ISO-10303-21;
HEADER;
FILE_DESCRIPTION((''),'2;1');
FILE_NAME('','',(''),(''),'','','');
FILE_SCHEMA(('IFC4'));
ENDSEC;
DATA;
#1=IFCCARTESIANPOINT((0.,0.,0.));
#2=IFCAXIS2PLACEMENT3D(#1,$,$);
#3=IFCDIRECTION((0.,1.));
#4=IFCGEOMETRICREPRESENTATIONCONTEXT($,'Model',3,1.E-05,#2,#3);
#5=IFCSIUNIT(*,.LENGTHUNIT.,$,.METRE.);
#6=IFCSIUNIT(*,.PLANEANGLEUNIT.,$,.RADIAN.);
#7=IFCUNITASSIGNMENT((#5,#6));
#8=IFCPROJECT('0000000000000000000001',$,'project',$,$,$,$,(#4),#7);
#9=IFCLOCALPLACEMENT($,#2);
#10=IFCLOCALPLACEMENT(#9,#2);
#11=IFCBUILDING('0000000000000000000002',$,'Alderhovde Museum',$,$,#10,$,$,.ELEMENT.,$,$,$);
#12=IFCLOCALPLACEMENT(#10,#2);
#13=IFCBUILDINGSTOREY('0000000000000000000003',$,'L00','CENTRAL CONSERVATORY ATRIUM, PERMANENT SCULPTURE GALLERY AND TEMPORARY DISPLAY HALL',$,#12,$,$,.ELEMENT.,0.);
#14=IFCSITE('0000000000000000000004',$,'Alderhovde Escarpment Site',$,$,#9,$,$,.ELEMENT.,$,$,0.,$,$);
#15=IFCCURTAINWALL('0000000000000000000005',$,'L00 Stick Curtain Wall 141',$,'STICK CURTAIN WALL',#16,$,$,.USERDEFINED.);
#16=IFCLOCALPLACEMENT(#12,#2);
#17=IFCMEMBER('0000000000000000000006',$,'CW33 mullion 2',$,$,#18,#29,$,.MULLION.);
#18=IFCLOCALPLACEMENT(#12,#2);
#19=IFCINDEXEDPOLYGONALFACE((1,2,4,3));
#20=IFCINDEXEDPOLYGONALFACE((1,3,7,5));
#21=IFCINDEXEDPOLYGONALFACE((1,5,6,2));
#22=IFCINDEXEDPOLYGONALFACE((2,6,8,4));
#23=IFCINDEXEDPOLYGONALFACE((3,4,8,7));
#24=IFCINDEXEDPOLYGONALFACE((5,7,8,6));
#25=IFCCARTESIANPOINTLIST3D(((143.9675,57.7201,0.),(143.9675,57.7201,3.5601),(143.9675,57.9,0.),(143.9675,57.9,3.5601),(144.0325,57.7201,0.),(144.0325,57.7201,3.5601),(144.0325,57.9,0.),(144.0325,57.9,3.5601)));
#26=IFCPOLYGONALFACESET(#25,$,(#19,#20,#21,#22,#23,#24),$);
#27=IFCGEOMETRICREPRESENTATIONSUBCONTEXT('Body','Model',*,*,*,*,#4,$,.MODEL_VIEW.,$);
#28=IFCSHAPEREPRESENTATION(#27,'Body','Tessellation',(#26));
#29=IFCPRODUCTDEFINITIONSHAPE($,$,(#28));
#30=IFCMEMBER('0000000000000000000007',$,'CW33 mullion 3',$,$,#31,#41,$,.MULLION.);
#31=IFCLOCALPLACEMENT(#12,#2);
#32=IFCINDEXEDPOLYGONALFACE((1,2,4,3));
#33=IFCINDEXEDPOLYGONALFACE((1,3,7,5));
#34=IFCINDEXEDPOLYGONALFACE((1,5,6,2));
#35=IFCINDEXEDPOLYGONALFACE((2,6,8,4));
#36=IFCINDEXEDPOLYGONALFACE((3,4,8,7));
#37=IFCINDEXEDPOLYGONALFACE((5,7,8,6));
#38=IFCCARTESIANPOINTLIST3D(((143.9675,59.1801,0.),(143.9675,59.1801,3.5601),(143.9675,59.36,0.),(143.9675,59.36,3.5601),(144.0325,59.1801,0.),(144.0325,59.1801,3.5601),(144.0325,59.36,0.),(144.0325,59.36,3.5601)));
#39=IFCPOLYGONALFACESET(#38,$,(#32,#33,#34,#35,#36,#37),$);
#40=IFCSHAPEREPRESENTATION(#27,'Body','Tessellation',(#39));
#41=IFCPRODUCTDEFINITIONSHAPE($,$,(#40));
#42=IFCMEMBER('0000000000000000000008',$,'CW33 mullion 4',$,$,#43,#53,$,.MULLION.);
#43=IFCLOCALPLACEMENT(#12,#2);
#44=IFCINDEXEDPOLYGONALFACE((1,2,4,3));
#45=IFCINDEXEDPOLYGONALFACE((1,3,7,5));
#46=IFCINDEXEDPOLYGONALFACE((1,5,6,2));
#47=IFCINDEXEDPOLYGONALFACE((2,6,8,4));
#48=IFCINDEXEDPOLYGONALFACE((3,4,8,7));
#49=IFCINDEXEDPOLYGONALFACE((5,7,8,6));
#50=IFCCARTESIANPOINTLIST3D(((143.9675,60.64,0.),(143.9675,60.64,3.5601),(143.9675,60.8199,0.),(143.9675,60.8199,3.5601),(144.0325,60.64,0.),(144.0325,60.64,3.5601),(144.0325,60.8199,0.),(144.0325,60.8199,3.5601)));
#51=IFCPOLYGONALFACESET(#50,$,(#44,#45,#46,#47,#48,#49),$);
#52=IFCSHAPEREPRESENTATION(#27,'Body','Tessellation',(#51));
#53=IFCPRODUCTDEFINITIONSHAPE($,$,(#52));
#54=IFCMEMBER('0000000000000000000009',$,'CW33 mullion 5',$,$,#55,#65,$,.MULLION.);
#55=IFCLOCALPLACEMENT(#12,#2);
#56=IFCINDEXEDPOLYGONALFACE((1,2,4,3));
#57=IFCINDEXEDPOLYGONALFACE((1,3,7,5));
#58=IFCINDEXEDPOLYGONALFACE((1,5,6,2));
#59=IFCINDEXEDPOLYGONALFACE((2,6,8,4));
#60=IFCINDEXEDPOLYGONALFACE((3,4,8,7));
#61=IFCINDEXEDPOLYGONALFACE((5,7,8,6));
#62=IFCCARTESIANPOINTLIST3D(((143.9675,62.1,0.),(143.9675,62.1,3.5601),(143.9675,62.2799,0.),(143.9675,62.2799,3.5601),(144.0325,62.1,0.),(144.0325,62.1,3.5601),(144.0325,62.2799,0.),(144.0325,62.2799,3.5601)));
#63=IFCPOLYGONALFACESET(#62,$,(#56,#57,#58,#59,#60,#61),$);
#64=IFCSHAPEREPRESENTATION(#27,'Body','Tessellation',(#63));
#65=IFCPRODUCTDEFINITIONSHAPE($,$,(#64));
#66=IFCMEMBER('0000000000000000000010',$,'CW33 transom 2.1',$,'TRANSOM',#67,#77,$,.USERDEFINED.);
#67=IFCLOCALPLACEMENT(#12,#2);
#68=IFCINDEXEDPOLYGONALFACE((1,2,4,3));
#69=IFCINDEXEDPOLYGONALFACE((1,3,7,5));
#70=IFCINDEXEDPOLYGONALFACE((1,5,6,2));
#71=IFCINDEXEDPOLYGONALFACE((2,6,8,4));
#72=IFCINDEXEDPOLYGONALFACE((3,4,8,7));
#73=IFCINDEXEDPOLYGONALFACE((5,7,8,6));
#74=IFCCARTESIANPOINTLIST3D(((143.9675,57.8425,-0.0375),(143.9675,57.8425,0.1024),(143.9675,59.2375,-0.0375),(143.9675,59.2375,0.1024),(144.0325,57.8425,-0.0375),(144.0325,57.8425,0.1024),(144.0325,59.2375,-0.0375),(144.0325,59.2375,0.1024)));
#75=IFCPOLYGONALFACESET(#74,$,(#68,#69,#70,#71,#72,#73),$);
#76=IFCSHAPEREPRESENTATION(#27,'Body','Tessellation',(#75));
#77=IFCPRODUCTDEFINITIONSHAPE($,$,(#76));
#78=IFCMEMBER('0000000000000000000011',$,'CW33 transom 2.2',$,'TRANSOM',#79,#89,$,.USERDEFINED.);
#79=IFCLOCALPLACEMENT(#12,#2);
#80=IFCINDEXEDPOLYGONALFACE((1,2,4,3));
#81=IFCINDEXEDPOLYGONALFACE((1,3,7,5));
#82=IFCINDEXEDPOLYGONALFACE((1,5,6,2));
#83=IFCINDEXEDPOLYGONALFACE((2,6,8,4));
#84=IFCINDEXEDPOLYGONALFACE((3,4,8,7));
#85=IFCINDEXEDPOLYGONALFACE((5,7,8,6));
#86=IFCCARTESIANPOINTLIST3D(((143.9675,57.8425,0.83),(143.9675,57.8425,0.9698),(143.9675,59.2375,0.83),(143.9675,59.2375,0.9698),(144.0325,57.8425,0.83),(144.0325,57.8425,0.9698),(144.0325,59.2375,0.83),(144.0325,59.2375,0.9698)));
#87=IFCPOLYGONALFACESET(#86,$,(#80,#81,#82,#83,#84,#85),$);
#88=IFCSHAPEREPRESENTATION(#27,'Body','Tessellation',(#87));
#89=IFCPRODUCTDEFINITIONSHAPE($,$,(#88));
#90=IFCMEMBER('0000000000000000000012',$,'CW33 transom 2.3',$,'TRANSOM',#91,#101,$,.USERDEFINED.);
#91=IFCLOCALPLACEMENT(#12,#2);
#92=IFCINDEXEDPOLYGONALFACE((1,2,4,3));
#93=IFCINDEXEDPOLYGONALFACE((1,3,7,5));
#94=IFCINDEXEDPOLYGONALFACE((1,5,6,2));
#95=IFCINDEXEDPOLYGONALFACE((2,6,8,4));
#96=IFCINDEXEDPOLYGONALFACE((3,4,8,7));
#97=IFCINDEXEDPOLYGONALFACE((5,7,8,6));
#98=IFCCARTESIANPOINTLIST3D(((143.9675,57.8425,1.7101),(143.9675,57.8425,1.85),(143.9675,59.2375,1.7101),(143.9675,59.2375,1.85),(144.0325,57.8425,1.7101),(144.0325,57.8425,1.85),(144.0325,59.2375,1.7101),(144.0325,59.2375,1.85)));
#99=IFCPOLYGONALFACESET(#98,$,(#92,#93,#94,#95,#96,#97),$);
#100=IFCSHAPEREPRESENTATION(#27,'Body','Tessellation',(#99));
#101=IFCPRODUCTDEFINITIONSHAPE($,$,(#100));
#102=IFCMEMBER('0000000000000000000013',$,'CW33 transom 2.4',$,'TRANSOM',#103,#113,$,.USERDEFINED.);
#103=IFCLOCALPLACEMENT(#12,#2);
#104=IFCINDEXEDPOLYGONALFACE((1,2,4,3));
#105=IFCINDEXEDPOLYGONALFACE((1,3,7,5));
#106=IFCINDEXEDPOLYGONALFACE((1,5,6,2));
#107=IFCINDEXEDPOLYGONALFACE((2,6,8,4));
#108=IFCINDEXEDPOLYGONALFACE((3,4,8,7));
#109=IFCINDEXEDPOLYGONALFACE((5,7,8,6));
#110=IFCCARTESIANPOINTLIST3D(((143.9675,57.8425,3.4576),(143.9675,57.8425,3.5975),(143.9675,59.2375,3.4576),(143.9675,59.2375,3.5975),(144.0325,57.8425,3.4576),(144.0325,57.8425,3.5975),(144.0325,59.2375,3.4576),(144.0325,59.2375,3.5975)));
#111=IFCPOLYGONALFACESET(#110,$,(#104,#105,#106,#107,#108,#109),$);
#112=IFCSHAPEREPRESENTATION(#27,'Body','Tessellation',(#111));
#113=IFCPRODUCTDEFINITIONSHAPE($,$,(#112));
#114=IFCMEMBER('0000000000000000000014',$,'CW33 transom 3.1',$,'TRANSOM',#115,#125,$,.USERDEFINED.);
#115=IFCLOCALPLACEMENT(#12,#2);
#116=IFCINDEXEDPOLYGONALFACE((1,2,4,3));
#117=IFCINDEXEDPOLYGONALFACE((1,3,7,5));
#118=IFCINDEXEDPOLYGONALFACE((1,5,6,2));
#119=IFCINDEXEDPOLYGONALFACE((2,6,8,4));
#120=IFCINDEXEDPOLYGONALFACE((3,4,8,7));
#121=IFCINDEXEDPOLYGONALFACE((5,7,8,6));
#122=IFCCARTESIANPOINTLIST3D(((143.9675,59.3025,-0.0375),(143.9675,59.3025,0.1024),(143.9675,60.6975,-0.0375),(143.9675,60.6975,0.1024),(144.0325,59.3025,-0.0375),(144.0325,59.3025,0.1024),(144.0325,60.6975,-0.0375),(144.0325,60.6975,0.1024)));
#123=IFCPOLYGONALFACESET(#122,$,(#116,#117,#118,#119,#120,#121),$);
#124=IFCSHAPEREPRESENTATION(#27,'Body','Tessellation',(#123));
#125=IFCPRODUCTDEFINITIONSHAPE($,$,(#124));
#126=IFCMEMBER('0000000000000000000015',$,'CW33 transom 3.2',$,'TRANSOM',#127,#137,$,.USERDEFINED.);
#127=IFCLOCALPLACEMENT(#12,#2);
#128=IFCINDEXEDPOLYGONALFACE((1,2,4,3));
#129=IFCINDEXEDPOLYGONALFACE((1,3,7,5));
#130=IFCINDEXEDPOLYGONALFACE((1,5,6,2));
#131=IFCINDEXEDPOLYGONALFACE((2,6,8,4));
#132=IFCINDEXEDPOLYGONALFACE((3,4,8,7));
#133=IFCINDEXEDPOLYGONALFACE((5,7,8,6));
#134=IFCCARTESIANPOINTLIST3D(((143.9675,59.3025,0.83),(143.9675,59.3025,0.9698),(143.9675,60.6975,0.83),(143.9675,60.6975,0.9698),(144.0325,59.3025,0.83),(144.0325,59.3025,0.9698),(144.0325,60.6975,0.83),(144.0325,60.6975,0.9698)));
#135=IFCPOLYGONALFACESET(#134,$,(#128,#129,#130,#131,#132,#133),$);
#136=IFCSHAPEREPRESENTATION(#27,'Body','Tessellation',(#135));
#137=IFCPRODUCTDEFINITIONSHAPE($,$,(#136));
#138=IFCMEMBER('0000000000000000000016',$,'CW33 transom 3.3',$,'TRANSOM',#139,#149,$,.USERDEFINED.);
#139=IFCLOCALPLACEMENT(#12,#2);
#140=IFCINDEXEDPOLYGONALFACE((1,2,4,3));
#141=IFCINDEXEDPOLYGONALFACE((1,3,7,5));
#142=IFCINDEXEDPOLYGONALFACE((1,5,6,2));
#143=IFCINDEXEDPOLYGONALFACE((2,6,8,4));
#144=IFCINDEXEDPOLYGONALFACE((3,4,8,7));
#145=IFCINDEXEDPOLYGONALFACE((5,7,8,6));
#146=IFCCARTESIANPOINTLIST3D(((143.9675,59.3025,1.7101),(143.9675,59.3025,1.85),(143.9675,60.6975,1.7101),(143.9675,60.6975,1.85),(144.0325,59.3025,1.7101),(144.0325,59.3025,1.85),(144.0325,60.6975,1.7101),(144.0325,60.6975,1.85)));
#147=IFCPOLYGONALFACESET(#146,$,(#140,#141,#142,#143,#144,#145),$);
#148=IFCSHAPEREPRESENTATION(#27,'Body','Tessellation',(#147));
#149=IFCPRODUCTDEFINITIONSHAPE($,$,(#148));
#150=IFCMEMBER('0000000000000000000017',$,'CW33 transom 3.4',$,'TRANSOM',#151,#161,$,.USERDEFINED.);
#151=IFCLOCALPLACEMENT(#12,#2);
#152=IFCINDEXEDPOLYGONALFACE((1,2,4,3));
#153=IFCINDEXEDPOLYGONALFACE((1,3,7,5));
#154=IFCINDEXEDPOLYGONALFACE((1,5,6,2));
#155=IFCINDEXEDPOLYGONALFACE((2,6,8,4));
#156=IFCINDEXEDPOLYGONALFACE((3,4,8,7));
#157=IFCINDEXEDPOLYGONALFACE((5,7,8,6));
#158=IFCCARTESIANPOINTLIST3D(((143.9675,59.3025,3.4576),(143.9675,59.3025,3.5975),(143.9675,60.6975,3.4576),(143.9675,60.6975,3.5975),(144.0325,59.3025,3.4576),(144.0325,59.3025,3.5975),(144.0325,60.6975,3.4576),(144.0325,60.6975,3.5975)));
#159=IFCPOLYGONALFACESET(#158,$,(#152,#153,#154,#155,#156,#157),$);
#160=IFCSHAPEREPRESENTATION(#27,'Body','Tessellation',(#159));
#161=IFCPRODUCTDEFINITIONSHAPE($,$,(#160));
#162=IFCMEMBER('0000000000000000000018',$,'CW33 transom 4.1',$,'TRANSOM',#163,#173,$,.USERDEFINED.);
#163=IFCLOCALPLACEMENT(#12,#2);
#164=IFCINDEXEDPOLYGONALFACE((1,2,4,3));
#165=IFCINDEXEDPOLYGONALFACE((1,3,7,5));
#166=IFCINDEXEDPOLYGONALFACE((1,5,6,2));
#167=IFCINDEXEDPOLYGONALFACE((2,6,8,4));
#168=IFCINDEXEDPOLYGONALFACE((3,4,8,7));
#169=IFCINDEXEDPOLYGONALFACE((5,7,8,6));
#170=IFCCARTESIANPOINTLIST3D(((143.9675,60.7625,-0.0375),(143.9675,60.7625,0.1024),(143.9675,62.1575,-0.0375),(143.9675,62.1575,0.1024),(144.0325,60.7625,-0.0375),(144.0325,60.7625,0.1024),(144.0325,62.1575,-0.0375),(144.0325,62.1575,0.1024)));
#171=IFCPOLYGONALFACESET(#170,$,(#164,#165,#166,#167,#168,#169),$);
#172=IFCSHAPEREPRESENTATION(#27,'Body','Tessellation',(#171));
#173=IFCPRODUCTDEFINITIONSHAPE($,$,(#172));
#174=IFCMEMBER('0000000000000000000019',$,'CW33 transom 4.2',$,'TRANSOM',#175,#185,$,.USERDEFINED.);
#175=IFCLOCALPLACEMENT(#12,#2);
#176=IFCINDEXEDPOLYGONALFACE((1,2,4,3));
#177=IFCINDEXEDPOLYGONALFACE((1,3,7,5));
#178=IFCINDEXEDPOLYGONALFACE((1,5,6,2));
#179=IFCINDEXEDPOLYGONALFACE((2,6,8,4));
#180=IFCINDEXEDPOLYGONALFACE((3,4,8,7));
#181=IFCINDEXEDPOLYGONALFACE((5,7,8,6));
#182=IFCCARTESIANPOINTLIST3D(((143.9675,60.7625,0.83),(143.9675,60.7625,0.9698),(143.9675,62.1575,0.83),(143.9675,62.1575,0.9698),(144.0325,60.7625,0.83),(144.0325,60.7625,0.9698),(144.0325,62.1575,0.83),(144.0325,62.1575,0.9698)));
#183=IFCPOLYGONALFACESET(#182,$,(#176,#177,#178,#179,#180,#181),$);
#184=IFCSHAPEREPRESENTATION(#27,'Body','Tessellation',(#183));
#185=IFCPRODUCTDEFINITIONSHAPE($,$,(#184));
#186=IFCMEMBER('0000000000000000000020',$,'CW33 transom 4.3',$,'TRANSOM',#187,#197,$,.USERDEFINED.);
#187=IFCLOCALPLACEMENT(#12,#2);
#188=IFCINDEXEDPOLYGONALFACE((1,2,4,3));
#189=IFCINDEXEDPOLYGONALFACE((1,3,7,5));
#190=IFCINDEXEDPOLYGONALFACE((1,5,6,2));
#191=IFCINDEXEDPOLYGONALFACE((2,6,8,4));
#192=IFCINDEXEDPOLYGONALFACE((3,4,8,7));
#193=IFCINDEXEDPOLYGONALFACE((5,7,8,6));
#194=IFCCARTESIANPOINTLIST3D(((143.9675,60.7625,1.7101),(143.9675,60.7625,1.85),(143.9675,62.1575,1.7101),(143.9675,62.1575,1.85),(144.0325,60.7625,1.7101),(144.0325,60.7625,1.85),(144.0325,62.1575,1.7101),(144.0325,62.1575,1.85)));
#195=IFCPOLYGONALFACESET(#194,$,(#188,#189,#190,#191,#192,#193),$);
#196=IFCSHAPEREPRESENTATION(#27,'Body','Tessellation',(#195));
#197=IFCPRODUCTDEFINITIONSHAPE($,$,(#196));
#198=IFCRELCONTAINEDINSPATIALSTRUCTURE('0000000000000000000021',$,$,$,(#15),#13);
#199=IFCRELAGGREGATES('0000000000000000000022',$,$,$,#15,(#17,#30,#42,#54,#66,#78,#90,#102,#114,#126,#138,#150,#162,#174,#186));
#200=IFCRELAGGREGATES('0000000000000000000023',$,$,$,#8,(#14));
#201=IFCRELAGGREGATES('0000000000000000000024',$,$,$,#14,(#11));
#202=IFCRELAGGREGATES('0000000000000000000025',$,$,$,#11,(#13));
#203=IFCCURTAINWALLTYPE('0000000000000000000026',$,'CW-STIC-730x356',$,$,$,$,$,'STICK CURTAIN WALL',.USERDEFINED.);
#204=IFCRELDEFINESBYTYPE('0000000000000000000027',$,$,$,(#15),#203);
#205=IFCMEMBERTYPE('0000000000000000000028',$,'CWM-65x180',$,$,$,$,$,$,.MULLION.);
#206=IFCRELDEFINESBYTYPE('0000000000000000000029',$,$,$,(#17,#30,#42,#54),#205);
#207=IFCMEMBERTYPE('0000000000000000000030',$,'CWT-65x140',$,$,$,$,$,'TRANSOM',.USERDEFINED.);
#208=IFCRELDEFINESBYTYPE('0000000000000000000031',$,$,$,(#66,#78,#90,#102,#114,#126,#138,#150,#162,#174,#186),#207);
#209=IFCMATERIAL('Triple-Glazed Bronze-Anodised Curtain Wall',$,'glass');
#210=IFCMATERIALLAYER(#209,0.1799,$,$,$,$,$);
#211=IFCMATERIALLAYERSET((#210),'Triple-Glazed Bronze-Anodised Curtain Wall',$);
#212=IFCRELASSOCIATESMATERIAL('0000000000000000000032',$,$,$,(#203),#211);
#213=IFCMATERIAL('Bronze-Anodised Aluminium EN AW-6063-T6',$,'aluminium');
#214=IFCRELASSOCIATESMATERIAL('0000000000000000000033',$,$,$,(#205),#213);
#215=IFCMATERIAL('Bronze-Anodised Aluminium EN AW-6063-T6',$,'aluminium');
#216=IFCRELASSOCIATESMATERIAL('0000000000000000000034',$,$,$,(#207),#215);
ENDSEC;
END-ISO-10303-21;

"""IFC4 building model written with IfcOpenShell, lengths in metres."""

from ifc_helpers import new_model, si_unit, direction, frame, origin, origin_2d, place, context, subcontext, project, spatial, rectangle, extrude, material, layer, layer_set, material_profile, profile_set, type_object, element, aggregate, save


model = new_model("IFC4")

# Units and contexts
model_context = context("Model", 3, precision=1e-05, world=origin(), true_north=direction((0.0, 1.0)))
body_context = subcontext(model_context, "Body", "Model", "MODEL_VIEW")
ifc_project = project(units=[si_unit("LENGTHUNIT", "METRE"), si_unit("PLANEANGLEUNIT", "RADIAN")], contexts=[model_context])

# Site, building, storey
site_placement = place(None, origin())
site = spatial("IfcSite", under=ifc_project, at=site_placement, Name="Alderhovde Escarpment Site", CompositionType="ELEMENT", RefElevation=0.0)
building_placement = place(site_placement, origin())
building = spatial("IfcBuilding", under=site, at=building_placement, Name="Alderhovde Museum", CompositionType="ELEMENT")
storey_placement = place(building_placement, origin())
storey = spatial("IfcBuildingStorey", under=building, at=storey_placement, Name="L00", Description="CENTRAL CONSERVATORY ATRIUM, PERMANENT SCULPTURE GALLERY AND TEMPORARY DISPLAY HALL", CompositionType="ELEMENT", Elevation=0.0)

# Curtain wall, members
ifc_material_1 = material(Name="Triple-Glazed Bronze-Anodised Curtain Wall", Category="glass")
ifc_layer_1 = layer(ifc_material_1, 0.1799)
ifc_layer_set_1 = layer_set([ifc_layer_1], Name="Triple-Glazed Bronze-Anodised Curtain Wall")
curtain_wall_type = type_object("IfcCurtainWallType", Name="CW-STIC-730x356", ElementType="STICK CURTAIN WALL", PredefinedType="USERDEFINED", material=ifc_layer_set_1)
curtain_wall_placement = place(storey_placement, origin())
curtain_wall = element("IfcCurtainWall", 1, at=curtain_wall_placement, inside=storey, type_object=curtain_wall_type, Name="L00 Stick Curtain Wall 141", ObjectType="STICK CURTAIN WALL", PredefinedType="USERDEFINED")
ifc_material_2 = material(Name="Bronze-Anodised Aluminium EN AW-6063-T6", Category="aluminium")
ifc_material_profile_1 = material_profile(ifc_material_2, rectangle(XDim=0.0649, YDim=0.1799, at=origin_2d()), Name="MULLION 65x180")
ifc_profile_set_1 = profile_set([ifc_material_profile_1], Name="Bronze-Anodised Aluminium EN AW-6063-T6")
member_type_1 = type_object("IfcMemberType", Name="CWM-65x180", PredefinedType="MULLION", material=ifc_profile_set_1)
member_1_placement = place(storey_placement, frame((144.0, 57.8101, 0.0), z_axis=(0.0, 0.0, 1.0), x_axis=(-1.0, 0.0, 0.0)))
member_1 = element("IfcMember", 2, at=member_1_placement, type_object=member_type_1, Name="CW33 mullion 2", PredefinedType="MULLION", context=body_context, shape_type="SweptSolid", body=[
    extrude(rectangle(XDim=0.0649, YDim=0.1799, at=origin_2d()), origin(), (0.0, 0.0, 1.0), 3.5601),
])
member_2_placement = place(storey_placement, frame((144.0, 59.27, 0.0), z_axis=(0.0, 0.0, 1.0), x_axis=(-1.0, 0.0, 0.0)))
member_2 = element("IfcMember", 3, at=member_2_placement, type_object=member_type_1, Name="CW33 mullion 3", PredefinedType="MULLION", context=body_context, shape_type="SweptSolid", body=[
    extrude(rectangle(XDim=0.0649, YDim=0.1799, at=origin_2d()), origin(), (0.0, 0.0, 1.0), 3.5601),
])
member_3_placement = place(storey_placement, frame((144.0, 60.73, 0.0), z_axis=(0.0, 0.0, 1.0), x_axis=(-1.0, 0.0, 0.0)))
member_3 = element("IfcMember", 4, at=member_3_placement, type_object=member_type_1, Name="CW33 mullion 4", PredefinedType="MULLION", context=body_context, shape_type="SweptSolid", body=[
    extrude(rectangle(XDim=0.0649, YDim=0.1799, at=origin_2d()), origin(), (0.0, 0.0, 1.0), 3.5601),
])
member_4_placement = place(storey_placement, frame((144.0, 62.1899, 0.0), z_axis=(0.0, 0.0, 1.0), x_axis=(-1.0, 0.0, 0.0)))
member_4 = element("IfcMember", 5, at=member_4_placement, type_object=member_type_1, Name="CW33 mullion 5", PredefinedType="MULLION", context=body_context, shape_type="SweptSolid", body=[
    extrude(rectangle(XDim=0.0649, YDim=0.1799, at=origin_2d()), origin(), (0.0, 0.0, 1.0), 3.5601),
])
ifc_material_3 = material(Name="Bronze-Anodised Aluminium EN AW-6063-T6", Category="aluminium")
ifc_material_profile_2 = material_profile(ifc_material_3, rectangle(XDim=0.0649, YDim=0.1399, at=origin_2d()), Name="TRANSOM 65x140")
ifc_profile_set_2 = profile_set([ifc_material_profile_2], Name="Bronze-Anodised Aluminium EN AW-6063-T6")
member_type_2 = type_object("IfcMemberType", Name="CWT-65x140", ElementType="TRANSOM", PredefinedType="USERDEFINED", material=ifc_profile_set_2)
member_5_placement = place(storey_placement, frame((144.0, 57.8425, 0.0325), z_axis=(0.0, 1.0, 0.0), x_axis=(-1.0, 0.0, 0.0)))
member_5 = element("IfcMember", 6, at=member_5_placement, type_object=member_type_2, Name="CW33 transom 2.1", ObjectType="TRANSOM", PredefinedType="USERDEFINED", context=body_context, shape_type="SweptSolid", body=[
    extrude(rectangle(XDim=0.0649, YDim=0.1399, at=origin_2d()), origin(), (0.0, 0.0, 1.0), 1.395),
])
member_6_placement = place(storey_placement, frame((144.0, 57.8425, 0.8999), z_axis=(0.0, 1.0, 0.0), x_axis=(-1.0, 0.0, 0.0)))
member_6 = element("IfcMember", 7, at=member_6_placement, type_object=member_type_2, Name="CW33 transom 2.2", ObjectType="TRANSOM", PredefinedType="USERDEFINED", context=body_context, shape_type="SweptSolid", body=[
    extrude(rectangle(XDim=0.0649, YDim=0.1399, at=origin_2d()), origin(), (0.0, 0.0, 1.0), 1.395),
])
member_7_placement = place(storey_placement, frame((144.0, 57.8425, 1.78), z_axis=(0.0, 1.0, 0.0), x_axis=(-1.0, 0.0, 0.0)))
member_7 = element("IfcMember", 8, at=member_7_placement, type_object=member_type_2, Name="CW33 transom 2.3", ObjectType="TRANSOM", PredefinedType="USERDEFINED", context=body_context, shape_type="SweptSolid", body=[
    extrude(rectangle(XDim=0.0649, YDim=0.1399, at=origin_2d()), origin(), (0.0, 0.0, 1.0), 1.395),
])
member_8_placement = place(storey_placement, frame((144.0, 57.8425, 3.5276), z_axis=(0.0, 1.0, 0.0), x_axis=(-1.0, 0.0, 0.0)))
member_8 = element("IfcMember", 9, at=member_8_placement, type_object=member_type_2, Name="CW33 transom 2.4", ObjectType="TRANSOM", PredefinedType="USERDEFINED", context=body_context, shape_type="SweptSolid", body=[
    extrude(rectangle(XDim=0.0649, YDim=0.1399, at=origin_2d()), origin(), (0.0, 0.0, 1.0), 1.395),
])
member_9_placement = place(storey_placement, frame((144.0, 59.3025, 0.0325), z_axis=(0.0, 1.0, 0.0), x_axis=(-1.0, 0.0, 0.0)))
member_9 = element("IfcMember", 10, at=member_9_placement, type_object=member_type_2, Name="CW33 transom 3.1", ObjectType="TRANSOM", PredefinedType="USERDEFINED", context=body_context, shape_type="SweptSolid", body=[
    extrude(rectangle(XDim=0.0649, YDim=0.1399, at=origin_2d()), origin(), (0.0, 0.0, 1.0), 1.395),
])
member_10_placement = place(storey_placement, frame((144.0, 59.3025, 0.8999), z_axis=(0.0, 1.0, 0.0), x_axis=(-1.0, 0.0, 0.0)))
member_10 = element("IfcMember", 11, at=member_10_placement, type_object=member_type_2, Name="CW33 transom 3.2", ObjectType="TRANSOM", PredefinedType="USERDEFINED", context=body_context, shape_type="SweptSolid", body=[
    extrude(rectangle(XDim=0.0649, YDim=0.1399, at=origin_2d()), origin(), (0.0, 0.0, 1.0), 1.395),
])
member_11_placement = place(storey_placement, frame((144.0, 59.3025, 1.78), z_axis=(0.0, 1.0, 0.0), x_axis=(-1.0, 0.0, 0.0)))
member_11 = element("IfcMember", 12, at=member_11_placement, type_object=member_type_2, Name="CW33 transom 3.3", ObjectType="TRANSOM", PredefinedType="USERDEFINED", context=body_context, shape_type="SweptSolid", body=[
    extrude(rectangle(XDim=0.0649, YDim=0.1399, at=origin_2d()), origin(), (0.0, 0.0, 1.0), 1.395),
])
member_12_placement = place(storey_placement, frame((144.0, 59.3025, 3.5276), z_axis=(0.0, 1.0, 0.0), x_axis=(-1.0, 0.0, 0.0)))
member_12 = element("IfcMember", 13, at=member_12_placement, type_object=member_type_2, Name="CW33 transom 3.4", ObjectType="TRANSOM", PredefinedType="USERDEFINED", context=body_context, shape_type="SweptSolid", body=[
    extrude(rectangle(XDim=0.0649, YDim=0.1399, at=origin_2d()), origin(), (0.0, 0.0, 1.0), 1.395),
])
member_13_placement = place(storey_placement, frame((144.0, 60.7625, 0.0325), z_axis=(0.0, 1.0, 0.0), x_axis=(-1.0, 0.0, 0.0)))
member_13 = element("IfcMember", 14, at=member_13_placement, type_object=member_type_2, Name="CW33 transom 4.1", ObjectType="TRANSOM", PredefinedType="USERDEFINED", context=body_context, shape_type="SweptSolid", body=[
    extrude(rectangle(XDim=0.0649, YDim=0.1399, at=origin_2d()), origin(), (0.0, 0.0, 1.0), 1.395),
])
member_14_placement = place(storey_placement, frame((144.0, 60.7625, 0.8999), z_axis=(0.0, 1.0, 0.0), x_axis=(-1.0, 0.0, 0.0)))
member_14 = element("IfcMember", 15, at=member_14_placement, type_object=member_type_2, Name="CW33 transom 4.2", ObjectType="TRANSOM", PredefinedType="USERDEFINED", context=body_context, shape_type="SweptSolid", body=[
    extrude(rectangle(XDim=0.0649, YDim=0.1399, at=origin_2d()), origin(), (0.0, 0.0, 1.0), 1.395),
])
member_15_placement = place(storey_placement, frame((144.0, 60.7625, 1.78), z_axis=(0.0, 1.0, 0.0), x_axis=(-1.0, 0.0, 0.0)))
member_15 = element("IfcMember", 16, at=member_15_placement, type_object=member_type_2, Name="CW33 transom 4.3", ObjectType="TRANSOM", PredefinedType="USERDEFINED", context=body_context, shape_type="SweptSolid", body=[
    extrude(rectangle(XDim=0.0649, YDim=0.1399, at=origin_2d()), origin(), (0.0, 0.0, 1.0), 1.395),
])
aggregate(curtain_wall, [member_1, member_2, member_3, member_4, member_5, member_6, member_7, member_8, member_9, member_10, member_11, member_12, member_13, member_14, member_15])

save(model, "model.ifc")
